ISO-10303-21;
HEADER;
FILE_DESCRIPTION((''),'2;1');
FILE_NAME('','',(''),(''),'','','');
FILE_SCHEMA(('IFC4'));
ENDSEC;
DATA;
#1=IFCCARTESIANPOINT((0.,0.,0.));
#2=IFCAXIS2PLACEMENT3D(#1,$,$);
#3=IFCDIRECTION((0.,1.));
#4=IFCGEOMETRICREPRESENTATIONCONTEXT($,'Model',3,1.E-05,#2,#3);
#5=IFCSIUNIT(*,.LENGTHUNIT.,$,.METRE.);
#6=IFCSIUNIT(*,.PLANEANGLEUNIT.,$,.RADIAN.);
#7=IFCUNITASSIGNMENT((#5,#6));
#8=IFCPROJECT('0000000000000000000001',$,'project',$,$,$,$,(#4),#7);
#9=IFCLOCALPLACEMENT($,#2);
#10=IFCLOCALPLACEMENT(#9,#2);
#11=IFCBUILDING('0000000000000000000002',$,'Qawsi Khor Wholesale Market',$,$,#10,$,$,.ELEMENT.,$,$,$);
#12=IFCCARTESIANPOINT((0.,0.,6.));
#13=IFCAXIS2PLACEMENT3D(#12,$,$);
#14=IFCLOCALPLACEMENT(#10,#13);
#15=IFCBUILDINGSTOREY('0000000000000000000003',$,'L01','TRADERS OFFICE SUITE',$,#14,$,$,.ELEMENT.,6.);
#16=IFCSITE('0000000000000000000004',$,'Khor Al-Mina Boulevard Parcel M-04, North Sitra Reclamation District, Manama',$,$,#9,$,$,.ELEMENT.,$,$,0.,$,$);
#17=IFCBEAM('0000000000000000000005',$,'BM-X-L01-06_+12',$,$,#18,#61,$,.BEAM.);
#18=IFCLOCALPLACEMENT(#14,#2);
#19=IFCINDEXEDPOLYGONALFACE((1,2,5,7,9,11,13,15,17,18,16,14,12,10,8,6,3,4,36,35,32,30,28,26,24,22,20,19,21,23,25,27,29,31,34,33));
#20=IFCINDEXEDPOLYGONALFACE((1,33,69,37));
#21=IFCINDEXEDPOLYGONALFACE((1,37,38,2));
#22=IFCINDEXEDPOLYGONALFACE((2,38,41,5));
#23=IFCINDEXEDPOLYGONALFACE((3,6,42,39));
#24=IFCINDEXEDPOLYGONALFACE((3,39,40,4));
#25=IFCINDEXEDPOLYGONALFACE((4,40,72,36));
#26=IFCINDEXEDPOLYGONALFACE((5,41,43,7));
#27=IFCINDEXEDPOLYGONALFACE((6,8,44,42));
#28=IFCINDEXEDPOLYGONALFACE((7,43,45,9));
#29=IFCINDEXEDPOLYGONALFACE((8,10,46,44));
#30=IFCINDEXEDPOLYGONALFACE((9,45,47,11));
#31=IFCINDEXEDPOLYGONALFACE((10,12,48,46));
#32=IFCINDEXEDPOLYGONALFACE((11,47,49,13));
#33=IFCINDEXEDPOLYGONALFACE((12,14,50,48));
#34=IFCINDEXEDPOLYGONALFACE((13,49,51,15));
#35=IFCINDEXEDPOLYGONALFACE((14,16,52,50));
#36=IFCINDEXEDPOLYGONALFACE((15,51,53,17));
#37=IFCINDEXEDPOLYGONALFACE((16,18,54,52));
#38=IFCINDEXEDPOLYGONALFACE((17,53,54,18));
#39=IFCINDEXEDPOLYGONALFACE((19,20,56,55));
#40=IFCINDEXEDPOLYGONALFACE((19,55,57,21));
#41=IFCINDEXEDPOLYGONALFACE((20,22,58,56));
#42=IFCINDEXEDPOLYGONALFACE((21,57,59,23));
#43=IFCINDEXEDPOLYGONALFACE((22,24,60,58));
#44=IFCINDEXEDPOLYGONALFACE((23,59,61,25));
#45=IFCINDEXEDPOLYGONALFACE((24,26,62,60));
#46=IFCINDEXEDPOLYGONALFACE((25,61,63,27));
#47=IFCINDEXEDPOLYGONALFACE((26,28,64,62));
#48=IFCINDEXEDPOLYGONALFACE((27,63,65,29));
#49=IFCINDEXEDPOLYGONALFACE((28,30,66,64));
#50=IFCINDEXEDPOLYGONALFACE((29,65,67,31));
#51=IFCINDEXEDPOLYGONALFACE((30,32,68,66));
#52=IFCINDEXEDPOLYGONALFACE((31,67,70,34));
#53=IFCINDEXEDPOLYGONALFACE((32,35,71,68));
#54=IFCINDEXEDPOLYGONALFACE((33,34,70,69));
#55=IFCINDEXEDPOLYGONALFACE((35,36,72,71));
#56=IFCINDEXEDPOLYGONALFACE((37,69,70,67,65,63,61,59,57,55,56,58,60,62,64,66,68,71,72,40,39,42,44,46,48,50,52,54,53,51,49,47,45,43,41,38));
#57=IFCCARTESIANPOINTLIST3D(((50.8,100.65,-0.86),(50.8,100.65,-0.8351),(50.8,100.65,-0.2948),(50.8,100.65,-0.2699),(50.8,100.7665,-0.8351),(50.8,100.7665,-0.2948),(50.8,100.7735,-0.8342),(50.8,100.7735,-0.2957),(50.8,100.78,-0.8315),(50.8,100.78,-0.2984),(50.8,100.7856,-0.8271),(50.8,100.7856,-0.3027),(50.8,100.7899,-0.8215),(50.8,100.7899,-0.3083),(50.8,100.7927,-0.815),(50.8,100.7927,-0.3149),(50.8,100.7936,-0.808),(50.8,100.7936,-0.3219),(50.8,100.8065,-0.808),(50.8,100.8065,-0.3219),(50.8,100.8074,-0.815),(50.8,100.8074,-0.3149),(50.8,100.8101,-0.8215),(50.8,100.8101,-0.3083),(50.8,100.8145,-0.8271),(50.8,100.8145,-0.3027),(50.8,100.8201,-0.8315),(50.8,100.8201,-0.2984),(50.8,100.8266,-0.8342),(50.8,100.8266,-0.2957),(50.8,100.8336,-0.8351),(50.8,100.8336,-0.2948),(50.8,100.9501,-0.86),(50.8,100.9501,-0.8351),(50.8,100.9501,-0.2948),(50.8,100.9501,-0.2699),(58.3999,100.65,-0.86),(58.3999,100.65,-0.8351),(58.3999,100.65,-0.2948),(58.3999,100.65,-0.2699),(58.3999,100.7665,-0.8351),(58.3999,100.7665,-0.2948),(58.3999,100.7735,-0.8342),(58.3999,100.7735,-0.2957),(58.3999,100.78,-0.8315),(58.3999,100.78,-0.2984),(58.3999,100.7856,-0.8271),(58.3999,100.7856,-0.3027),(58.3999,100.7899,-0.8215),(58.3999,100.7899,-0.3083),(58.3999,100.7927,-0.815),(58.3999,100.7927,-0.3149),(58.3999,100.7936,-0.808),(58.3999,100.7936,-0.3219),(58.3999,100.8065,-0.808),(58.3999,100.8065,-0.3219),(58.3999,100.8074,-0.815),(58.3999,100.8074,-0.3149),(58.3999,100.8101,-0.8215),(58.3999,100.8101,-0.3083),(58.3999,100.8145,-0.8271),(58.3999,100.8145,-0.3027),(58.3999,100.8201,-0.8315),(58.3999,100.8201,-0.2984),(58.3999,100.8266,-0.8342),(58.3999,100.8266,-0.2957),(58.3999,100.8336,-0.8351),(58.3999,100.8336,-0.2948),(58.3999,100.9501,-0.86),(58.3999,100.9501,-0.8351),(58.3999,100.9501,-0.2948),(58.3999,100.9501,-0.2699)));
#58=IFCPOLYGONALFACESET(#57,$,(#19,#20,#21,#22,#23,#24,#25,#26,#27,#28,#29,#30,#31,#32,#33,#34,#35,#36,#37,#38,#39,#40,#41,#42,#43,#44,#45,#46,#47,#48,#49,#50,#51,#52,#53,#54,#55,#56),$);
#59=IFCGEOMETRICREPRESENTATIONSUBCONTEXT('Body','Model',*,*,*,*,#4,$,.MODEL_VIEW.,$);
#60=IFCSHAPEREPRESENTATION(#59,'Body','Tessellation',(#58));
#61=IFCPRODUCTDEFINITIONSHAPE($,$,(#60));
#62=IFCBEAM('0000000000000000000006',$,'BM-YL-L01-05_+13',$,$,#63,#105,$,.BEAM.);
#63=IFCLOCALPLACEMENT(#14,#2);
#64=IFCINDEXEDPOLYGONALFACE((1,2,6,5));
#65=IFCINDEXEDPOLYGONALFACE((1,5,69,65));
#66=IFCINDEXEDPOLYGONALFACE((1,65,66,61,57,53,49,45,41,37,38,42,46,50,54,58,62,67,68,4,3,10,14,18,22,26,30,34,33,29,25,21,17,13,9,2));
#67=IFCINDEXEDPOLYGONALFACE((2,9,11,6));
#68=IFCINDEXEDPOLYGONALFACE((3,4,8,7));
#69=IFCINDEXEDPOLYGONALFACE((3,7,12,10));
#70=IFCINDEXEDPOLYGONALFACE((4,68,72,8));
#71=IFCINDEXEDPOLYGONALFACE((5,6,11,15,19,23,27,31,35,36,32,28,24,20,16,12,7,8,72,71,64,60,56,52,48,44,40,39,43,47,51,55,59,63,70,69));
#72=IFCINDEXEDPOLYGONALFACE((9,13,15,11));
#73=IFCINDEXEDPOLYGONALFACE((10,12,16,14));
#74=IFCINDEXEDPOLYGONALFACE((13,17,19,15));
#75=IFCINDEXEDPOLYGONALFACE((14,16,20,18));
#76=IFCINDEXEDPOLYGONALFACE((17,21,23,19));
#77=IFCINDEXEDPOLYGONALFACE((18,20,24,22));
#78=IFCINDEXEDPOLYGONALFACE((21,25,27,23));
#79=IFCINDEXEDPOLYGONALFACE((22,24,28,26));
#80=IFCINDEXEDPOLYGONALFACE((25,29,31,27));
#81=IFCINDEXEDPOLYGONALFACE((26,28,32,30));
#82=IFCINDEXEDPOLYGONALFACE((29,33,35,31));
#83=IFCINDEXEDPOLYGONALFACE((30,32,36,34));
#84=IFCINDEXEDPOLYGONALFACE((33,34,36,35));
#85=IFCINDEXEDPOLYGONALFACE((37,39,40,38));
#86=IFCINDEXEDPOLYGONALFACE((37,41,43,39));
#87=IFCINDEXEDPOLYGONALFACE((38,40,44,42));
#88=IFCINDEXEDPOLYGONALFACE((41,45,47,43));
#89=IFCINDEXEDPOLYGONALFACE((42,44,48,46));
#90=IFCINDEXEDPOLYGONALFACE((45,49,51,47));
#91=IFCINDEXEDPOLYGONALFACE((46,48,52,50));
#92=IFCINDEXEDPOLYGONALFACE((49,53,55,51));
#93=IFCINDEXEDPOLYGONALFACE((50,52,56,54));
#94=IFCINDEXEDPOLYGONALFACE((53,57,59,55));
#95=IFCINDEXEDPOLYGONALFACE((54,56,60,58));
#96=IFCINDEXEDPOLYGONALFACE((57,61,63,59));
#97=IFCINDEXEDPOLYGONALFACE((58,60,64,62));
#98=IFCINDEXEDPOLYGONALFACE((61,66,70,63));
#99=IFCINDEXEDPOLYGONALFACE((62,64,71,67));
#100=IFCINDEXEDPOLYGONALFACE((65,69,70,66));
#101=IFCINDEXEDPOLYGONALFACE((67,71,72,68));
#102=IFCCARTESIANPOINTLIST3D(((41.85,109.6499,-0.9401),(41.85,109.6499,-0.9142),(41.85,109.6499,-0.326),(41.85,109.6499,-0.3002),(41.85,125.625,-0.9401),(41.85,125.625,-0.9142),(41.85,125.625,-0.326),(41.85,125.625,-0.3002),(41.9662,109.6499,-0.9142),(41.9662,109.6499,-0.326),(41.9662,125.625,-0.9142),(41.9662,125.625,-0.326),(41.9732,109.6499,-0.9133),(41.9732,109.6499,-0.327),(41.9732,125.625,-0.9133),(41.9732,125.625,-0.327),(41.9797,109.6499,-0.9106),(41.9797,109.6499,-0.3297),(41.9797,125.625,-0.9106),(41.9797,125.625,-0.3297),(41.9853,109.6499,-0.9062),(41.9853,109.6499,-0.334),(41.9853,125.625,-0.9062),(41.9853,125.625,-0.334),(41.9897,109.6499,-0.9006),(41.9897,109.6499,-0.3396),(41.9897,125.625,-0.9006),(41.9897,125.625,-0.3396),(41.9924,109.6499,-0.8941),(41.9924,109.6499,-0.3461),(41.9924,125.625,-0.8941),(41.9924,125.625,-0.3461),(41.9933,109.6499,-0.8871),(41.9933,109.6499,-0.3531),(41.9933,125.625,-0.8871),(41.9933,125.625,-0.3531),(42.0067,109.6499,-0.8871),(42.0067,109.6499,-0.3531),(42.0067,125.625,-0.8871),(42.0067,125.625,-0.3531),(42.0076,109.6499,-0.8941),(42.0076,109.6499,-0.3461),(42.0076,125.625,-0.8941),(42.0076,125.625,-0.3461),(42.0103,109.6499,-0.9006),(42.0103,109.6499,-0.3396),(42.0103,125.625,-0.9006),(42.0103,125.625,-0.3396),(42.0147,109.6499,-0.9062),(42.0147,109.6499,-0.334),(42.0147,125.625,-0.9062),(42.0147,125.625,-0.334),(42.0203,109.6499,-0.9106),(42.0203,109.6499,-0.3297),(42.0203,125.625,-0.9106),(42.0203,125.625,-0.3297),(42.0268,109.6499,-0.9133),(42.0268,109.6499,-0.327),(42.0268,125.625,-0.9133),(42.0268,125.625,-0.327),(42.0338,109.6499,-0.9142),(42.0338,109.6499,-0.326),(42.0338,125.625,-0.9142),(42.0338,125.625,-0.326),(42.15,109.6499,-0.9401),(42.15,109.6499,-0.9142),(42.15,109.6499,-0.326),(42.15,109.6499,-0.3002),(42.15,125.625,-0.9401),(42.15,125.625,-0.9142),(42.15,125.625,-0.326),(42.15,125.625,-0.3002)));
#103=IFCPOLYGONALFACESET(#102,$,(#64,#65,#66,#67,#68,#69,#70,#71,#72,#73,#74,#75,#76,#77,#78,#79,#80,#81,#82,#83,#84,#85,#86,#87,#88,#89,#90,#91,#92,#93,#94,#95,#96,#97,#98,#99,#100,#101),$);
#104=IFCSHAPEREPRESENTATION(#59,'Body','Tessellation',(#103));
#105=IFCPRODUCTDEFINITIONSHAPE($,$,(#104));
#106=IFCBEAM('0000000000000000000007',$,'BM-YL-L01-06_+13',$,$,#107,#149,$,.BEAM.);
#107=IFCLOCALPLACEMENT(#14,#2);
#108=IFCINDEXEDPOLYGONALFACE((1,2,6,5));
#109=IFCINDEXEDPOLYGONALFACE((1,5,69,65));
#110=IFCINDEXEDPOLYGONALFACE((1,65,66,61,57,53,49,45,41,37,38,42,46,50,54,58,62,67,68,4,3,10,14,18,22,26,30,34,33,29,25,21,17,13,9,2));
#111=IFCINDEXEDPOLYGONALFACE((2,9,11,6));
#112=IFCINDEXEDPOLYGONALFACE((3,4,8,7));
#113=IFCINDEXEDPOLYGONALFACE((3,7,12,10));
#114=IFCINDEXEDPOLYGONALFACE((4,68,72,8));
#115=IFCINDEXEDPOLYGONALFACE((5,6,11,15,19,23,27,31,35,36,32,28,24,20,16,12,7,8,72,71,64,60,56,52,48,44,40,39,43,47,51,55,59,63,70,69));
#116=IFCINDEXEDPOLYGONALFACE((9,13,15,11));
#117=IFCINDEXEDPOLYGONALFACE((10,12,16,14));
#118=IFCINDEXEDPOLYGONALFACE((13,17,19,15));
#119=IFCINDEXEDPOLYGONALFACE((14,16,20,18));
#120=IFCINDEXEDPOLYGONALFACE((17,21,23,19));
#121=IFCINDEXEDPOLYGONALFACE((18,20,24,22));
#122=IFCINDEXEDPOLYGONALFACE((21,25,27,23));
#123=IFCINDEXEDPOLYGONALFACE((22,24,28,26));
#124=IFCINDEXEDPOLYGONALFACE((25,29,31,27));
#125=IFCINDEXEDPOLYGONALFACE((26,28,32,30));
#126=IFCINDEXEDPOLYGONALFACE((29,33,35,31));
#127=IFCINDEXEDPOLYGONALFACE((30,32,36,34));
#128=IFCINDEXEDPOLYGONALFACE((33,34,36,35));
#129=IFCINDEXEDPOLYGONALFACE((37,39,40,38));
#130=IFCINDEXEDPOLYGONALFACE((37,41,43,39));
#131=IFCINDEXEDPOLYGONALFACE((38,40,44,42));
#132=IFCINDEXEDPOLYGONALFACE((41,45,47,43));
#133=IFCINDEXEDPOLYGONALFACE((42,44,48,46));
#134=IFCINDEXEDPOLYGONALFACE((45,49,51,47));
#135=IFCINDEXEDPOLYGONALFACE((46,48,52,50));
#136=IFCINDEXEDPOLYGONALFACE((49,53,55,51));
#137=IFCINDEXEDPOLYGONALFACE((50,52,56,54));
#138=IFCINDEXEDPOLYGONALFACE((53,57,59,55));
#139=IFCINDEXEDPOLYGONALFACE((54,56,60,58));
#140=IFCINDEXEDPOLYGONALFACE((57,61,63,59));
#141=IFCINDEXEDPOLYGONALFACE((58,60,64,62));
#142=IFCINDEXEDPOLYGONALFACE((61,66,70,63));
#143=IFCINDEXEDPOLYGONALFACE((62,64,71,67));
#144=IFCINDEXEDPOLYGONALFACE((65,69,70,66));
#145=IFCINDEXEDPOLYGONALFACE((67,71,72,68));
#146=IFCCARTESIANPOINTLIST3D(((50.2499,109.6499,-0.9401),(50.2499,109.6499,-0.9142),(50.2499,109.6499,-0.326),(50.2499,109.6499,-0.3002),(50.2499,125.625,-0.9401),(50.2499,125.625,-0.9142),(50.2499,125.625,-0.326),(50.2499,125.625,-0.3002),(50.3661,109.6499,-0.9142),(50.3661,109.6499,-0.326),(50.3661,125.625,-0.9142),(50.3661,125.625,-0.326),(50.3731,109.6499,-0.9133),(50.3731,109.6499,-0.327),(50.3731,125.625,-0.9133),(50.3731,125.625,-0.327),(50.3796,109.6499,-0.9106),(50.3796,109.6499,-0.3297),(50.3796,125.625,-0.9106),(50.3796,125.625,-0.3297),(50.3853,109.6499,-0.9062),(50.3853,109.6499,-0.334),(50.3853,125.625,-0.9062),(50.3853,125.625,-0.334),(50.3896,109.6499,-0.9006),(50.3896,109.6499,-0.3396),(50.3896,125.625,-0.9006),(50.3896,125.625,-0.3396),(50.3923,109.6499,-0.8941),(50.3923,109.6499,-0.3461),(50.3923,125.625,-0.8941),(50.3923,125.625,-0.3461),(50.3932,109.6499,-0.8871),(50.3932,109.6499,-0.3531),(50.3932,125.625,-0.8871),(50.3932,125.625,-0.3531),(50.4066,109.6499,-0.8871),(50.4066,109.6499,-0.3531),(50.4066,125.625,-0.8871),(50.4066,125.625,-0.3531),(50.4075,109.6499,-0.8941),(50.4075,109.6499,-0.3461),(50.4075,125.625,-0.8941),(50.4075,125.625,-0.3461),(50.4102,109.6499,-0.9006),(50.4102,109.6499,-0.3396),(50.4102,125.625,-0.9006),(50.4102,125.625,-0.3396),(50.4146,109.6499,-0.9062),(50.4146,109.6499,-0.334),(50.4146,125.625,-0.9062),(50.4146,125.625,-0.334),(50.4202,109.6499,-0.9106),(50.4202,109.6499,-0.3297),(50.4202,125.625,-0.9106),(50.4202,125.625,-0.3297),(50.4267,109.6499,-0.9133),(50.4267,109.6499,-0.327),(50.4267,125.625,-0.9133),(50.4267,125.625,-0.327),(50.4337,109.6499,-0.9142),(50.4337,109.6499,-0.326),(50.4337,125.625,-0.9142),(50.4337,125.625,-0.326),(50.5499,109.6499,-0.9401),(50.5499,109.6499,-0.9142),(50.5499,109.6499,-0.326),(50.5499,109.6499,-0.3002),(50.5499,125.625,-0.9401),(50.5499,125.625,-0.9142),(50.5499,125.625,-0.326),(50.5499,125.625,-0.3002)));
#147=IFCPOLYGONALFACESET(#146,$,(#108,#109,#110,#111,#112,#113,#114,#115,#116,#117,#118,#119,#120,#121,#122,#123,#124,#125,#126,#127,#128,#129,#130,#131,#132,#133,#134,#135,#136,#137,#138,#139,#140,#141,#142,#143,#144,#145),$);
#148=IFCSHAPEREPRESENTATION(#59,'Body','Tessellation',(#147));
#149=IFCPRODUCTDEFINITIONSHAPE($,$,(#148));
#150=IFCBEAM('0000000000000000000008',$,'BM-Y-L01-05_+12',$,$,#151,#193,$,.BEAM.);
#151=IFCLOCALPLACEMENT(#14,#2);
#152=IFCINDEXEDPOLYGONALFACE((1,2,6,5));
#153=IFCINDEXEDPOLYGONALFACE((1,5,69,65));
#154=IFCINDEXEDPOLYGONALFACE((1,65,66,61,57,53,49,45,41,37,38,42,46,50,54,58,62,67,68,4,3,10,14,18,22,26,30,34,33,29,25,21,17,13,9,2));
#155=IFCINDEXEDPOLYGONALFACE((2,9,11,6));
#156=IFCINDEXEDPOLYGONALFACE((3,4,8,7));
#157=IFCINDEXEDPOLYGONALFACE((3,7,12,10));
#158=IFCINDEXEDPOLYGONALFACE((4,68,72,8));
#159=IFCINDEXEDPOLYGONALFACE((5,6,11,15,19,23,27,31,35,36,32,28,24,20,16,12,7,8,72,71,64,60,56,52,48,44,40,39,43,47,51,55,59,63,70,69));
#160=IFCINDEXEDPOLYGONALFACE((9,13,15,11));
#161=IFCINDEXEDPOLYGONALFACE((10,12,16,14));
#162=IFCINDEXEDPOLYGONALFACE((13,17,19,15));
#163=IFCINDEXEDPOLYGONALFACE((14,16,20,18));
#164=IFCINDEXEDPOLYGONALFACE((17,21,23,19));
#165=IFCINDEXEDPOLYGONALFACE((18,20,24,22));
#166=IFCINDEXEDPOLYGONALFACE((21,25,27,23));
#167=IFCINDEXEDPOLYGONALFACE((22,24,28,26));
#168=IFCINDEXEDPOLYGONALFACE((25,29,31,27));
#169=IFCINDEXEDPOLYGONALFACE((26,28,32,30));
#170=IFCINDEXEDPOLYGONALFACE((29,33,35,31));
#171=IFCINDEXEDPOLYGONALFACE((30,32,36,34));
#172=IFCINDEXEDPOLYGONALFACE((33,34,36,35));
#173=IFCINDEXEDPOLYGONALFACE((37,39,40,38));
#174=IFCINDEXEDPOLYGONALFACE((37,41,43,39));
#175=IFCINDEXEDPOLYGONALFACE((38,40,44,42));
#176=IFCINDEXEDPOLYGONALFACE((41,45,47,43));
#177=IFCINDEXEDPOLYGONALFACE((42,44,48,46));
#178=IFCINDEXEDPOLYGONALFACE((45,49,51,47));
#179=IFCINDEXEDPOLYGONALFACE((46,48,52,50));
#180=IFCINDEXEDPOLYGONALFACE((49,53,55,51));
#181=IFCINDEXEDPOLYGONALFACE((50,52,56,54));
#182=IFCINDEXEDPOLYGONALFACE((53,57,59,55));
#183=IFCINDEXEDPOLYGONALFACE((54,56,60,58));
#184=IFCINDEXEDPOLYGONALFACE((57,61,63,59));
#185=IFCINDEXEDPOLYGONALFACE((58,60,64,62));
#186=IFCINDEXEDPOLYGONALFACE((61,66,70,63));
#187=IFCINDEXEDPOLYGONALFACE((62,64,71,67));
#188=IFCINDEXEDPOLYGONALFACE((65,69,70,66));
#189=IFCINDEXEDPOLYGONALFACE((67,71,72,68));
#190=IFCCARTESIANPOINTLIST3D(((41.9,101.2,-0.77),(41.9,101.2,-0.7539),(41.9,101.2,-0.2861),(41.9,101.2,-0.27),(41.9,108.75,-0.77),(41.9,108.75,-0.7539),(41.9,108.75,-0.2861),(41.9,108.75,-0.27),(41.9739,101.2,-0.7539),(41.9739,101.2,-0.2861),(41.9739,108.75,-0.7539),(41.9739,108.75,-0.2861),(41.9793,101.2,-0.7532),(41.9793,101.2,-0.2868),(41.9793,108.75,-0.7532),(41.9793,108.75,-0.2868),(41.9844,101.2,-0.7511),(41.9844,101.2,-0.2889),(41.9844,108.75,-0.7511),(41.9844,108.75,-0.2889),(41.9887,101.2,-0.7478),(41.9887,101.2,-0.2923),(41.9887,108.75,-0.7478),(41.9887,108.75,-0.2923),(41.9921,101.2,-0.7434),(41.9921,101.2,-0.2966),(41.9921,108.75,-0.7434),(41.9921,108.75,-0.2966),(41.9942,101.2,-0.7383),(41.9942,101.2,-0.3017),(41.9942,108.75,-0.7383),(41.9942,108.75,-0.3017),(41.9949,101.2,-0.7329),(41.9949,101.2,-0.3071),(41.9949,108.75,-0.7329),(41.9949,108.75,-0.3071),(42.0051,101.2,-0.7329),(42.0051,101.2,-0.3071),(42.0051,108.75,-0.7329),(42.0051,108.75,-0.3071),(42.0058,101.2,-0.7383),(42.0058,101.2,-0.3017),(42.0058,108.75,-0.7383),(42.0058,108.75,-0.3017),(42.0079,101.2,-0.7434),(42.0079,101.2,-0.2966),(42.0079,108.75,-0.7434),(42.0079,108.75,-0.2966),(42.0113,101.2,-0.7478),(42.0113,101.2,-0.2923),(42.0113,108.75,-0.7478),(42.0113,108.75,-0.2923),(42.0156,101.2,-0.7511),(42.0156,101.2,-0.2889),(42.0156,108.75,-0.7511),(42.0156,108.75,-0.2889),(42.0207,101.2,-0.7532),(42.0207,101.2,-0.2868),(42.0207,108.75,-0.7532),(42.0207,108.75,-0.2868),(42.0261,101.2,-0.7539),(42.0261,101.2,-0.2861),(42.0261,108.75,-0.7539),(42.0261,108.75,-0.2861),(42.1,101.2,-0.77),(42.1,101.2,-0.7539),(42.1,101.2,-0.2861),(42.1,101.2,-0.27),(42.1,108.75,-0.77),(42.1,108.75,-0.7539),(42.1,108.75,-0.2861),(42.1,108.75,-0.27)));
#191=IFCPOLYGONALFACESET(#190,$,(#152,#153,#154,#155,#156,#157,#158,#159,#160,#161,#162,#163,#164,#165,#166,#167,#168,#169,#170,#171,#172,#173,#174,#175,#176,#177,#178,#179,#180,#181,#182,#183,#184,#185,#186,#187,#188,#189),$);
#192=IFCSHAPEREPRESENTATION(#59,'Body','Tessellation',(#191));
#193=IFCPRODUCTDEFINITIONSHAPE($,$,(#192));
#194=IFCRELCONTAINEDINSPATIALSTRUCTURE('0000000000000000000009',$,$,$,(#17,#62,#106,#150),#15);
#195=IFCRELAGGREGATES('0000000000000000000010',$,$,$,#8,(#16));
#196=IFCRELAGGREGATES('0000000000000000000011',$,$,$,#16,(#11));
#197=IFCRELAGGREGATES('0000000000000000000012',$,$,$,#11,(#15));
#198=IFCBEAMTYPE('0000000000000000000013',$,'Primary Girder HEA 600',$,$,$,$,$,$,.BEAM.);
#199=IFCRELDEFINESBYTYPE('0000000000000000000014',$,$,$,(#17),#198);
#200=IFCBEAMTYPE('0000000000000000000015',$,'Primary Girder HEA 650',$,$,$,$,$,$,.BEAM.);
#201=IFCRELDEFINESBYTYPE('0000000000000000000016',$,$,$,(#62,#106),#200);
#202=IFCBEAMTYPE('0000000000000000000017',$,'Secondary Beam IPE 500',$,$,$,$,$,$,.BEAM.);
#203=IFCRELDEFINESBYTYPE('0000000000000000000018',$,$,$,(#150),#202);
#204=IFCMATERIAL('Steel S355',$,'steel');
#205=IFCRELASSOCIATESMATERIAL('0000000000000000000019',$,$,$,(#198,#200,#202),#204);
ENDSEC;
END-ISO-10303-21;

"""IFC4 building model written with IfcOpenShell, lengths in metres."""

from ifc_helpers import new_model, si_unit, direction, frame, origin, origin_2d, place, context, subcontext, project, spatial, i_section, extrude, material, material_profile, profile_set, type_object, element, save


model = new_model("IFC4")

# Units and contexts
model_context = context("Model", 3, precision=1e-05, world=origin(), true_north=direction((0.0, 1.0)))
body_context = subcontext(model_context, "Body", "Model", "MODEL_VIEW")
ifc_project = project(units=[si_unit("LENGTHUNIT", "METRE"), si_unit("PLANEANGLEUNIT", "RADIAN")], contexts=[model_context])

# Site, building, storey
site_placement = place(None, origin())
site = spatial("IfcSite", under=ifc_project, at=site_placement, Name="Khor Al-Mina Boulevard Parcel M-04, North Sitra Reclamation District, Manama", CompositionType="ELEMENT", RefElevation=0.0)
building_placement = place(site_placement, origin())
building = spatial("IfcBuilding", under=site, at=building_placement, Name="Qawsi Khor Wholesale Market", CompositionType="ELEMENT")
storey_placement = place(building_placement, frame((0.0, 0.0, 6.0)))
storey = spatial("IfcBuildingStorey", under=building, at=storey_placement, Name="L01", Description="TRADERS OFFICE SUITE", CompositionType="ELEMENT", Elevation=6.0)

# Beams
ifc_material_1 = material(Name="Steel S355", Category="steel")
ifc_material_profile_1 = material_profile(ifc_material_1, i_section(OverallWidth=0.3, OverallDepth=0.5901, WebThickness=0.0129, FlangeThickness=0.0249, FilletRadius=0.0271, at=origin_2d()), Name="HEA 600")
ifc_profile_set_1 = profile_set([ifc_material_profile_1], Name="Steel S355")
beam_type_1 = type_object("IfcBeamType", Name="Primary Girder HEA 600", PredefinedType="BEAM", material=ifc_profile_set_1)
beam_1_placement = place(storey_placement, frame((50.8, 100.8, -0.5649), z_axis=(1.0, 0.0, 0.0), x_axis=(0.0, 1.0, 0.0)))
element("IfcBeam", 1, at=beam_1_placement, inside=storey, type_object=beam_type_1, Name="BM-X-L01-06_+12", PredefinedType="BEAM", context=body_context, shape_type="SweptSolid", body=[
    extrude(i_section(OverallWidth=0.3, OverallDepth=0.5901, WebThickness=0.0129, FlangeThickness=0.0249, FilletRadius=0.0271, at=origin_2d()), origin(), (0.0, 0.0, 1.0), 7.5999),
])
ifc_material_profile_2 = material_profile(ifc_material_1, i_section(OverallWidth=0.3, OverallDepth=0.6399, WebThickness=0.0134, FlangeThickness=0.0259, FilletRadius=0.0271, at=origin_2d()), Name="HEA 650")
ifc_profile_set_2 = profile_set([ifc_material_profile_2], Name="Steel S355")
beam_type_2 = type_object("IfcBeamType", Name="Primary Girder HEA 650", PredefinedType="BEAM", material=ifc_profile_set_2)
for number, where, z_axis, x_axis, name in (
    (2, (42.0, 109.6499, -0.6201), (0.0, 1.0, 0.0), (-1.0, 0.0, 0.0), "BM-YL-L01-05_+13"),
    (3, (50.3999, 109.6499, -0.6201), (0.0, 1.0, 0.0), (-1.0, 0.0, 0.0), "BM-YL-L01-06_+13"),
):
    element("IfcBeam", number, at=place(storey_placement, frame(where, z_axis=z_axis, x_axis=x_axis)), inside=storey, type_object=beam_type_2, Name=name, PredefinedType="BEAM", context=body_context, shape_type="SweptSolid", body=[
        extrude(i_section(OverallWidth=0.3, OverallDepth=0.6399, WebThickness=0.0134, FlangeThickness=0.0259, FilletRadius=0.0271, at=origin_2d()), origin(), (0.0, 0.0, 1.0), 15.9751),
    ])
ifc_material_profile_3 = material_profile(ifc_material_1, i_section(OverallWidth=0.2, OverallDepth=0.5, WebThickness=0.0103, FlangeThickness=0.0161, FilletRadius=0.021, at=origin_2d()), Name="IPE 500")
ifc_profile_set_3 = profile_set([ifc_material_profile_3], Name="Steel S355")
beam_type_3 = type_object("IfcBeamType", Name="Secondary Beam IPE 500", PredefinedType="BEAM", material=ifc_profile_set_3)
beam_2_placement = place(storey_placement, frame((42.0, 101.2, -0.52), z_axis=(0.0, 1.0, 0.0), x_axis=(-1.0, 0.0, 0.0)))
element("IfcBeam", 4, at=beam_2_placement, inside=storey, type_object=beam_type_3, Name="BM-Y-L01-05_+12", PredefinedType="BEAM", context=body_context, shape_type="SweptSolid", body=[
    extrude(i_section(OverallWidth=0.2, OverallDepth=0.5, WebThickness=0.0103, FlangeThickness=0.0161, FilletRadius=0.021, at=origin_2d()), origin(), (0.0, 0.0, 1.0), 7.55),
])

save(model, "model.ifc")
